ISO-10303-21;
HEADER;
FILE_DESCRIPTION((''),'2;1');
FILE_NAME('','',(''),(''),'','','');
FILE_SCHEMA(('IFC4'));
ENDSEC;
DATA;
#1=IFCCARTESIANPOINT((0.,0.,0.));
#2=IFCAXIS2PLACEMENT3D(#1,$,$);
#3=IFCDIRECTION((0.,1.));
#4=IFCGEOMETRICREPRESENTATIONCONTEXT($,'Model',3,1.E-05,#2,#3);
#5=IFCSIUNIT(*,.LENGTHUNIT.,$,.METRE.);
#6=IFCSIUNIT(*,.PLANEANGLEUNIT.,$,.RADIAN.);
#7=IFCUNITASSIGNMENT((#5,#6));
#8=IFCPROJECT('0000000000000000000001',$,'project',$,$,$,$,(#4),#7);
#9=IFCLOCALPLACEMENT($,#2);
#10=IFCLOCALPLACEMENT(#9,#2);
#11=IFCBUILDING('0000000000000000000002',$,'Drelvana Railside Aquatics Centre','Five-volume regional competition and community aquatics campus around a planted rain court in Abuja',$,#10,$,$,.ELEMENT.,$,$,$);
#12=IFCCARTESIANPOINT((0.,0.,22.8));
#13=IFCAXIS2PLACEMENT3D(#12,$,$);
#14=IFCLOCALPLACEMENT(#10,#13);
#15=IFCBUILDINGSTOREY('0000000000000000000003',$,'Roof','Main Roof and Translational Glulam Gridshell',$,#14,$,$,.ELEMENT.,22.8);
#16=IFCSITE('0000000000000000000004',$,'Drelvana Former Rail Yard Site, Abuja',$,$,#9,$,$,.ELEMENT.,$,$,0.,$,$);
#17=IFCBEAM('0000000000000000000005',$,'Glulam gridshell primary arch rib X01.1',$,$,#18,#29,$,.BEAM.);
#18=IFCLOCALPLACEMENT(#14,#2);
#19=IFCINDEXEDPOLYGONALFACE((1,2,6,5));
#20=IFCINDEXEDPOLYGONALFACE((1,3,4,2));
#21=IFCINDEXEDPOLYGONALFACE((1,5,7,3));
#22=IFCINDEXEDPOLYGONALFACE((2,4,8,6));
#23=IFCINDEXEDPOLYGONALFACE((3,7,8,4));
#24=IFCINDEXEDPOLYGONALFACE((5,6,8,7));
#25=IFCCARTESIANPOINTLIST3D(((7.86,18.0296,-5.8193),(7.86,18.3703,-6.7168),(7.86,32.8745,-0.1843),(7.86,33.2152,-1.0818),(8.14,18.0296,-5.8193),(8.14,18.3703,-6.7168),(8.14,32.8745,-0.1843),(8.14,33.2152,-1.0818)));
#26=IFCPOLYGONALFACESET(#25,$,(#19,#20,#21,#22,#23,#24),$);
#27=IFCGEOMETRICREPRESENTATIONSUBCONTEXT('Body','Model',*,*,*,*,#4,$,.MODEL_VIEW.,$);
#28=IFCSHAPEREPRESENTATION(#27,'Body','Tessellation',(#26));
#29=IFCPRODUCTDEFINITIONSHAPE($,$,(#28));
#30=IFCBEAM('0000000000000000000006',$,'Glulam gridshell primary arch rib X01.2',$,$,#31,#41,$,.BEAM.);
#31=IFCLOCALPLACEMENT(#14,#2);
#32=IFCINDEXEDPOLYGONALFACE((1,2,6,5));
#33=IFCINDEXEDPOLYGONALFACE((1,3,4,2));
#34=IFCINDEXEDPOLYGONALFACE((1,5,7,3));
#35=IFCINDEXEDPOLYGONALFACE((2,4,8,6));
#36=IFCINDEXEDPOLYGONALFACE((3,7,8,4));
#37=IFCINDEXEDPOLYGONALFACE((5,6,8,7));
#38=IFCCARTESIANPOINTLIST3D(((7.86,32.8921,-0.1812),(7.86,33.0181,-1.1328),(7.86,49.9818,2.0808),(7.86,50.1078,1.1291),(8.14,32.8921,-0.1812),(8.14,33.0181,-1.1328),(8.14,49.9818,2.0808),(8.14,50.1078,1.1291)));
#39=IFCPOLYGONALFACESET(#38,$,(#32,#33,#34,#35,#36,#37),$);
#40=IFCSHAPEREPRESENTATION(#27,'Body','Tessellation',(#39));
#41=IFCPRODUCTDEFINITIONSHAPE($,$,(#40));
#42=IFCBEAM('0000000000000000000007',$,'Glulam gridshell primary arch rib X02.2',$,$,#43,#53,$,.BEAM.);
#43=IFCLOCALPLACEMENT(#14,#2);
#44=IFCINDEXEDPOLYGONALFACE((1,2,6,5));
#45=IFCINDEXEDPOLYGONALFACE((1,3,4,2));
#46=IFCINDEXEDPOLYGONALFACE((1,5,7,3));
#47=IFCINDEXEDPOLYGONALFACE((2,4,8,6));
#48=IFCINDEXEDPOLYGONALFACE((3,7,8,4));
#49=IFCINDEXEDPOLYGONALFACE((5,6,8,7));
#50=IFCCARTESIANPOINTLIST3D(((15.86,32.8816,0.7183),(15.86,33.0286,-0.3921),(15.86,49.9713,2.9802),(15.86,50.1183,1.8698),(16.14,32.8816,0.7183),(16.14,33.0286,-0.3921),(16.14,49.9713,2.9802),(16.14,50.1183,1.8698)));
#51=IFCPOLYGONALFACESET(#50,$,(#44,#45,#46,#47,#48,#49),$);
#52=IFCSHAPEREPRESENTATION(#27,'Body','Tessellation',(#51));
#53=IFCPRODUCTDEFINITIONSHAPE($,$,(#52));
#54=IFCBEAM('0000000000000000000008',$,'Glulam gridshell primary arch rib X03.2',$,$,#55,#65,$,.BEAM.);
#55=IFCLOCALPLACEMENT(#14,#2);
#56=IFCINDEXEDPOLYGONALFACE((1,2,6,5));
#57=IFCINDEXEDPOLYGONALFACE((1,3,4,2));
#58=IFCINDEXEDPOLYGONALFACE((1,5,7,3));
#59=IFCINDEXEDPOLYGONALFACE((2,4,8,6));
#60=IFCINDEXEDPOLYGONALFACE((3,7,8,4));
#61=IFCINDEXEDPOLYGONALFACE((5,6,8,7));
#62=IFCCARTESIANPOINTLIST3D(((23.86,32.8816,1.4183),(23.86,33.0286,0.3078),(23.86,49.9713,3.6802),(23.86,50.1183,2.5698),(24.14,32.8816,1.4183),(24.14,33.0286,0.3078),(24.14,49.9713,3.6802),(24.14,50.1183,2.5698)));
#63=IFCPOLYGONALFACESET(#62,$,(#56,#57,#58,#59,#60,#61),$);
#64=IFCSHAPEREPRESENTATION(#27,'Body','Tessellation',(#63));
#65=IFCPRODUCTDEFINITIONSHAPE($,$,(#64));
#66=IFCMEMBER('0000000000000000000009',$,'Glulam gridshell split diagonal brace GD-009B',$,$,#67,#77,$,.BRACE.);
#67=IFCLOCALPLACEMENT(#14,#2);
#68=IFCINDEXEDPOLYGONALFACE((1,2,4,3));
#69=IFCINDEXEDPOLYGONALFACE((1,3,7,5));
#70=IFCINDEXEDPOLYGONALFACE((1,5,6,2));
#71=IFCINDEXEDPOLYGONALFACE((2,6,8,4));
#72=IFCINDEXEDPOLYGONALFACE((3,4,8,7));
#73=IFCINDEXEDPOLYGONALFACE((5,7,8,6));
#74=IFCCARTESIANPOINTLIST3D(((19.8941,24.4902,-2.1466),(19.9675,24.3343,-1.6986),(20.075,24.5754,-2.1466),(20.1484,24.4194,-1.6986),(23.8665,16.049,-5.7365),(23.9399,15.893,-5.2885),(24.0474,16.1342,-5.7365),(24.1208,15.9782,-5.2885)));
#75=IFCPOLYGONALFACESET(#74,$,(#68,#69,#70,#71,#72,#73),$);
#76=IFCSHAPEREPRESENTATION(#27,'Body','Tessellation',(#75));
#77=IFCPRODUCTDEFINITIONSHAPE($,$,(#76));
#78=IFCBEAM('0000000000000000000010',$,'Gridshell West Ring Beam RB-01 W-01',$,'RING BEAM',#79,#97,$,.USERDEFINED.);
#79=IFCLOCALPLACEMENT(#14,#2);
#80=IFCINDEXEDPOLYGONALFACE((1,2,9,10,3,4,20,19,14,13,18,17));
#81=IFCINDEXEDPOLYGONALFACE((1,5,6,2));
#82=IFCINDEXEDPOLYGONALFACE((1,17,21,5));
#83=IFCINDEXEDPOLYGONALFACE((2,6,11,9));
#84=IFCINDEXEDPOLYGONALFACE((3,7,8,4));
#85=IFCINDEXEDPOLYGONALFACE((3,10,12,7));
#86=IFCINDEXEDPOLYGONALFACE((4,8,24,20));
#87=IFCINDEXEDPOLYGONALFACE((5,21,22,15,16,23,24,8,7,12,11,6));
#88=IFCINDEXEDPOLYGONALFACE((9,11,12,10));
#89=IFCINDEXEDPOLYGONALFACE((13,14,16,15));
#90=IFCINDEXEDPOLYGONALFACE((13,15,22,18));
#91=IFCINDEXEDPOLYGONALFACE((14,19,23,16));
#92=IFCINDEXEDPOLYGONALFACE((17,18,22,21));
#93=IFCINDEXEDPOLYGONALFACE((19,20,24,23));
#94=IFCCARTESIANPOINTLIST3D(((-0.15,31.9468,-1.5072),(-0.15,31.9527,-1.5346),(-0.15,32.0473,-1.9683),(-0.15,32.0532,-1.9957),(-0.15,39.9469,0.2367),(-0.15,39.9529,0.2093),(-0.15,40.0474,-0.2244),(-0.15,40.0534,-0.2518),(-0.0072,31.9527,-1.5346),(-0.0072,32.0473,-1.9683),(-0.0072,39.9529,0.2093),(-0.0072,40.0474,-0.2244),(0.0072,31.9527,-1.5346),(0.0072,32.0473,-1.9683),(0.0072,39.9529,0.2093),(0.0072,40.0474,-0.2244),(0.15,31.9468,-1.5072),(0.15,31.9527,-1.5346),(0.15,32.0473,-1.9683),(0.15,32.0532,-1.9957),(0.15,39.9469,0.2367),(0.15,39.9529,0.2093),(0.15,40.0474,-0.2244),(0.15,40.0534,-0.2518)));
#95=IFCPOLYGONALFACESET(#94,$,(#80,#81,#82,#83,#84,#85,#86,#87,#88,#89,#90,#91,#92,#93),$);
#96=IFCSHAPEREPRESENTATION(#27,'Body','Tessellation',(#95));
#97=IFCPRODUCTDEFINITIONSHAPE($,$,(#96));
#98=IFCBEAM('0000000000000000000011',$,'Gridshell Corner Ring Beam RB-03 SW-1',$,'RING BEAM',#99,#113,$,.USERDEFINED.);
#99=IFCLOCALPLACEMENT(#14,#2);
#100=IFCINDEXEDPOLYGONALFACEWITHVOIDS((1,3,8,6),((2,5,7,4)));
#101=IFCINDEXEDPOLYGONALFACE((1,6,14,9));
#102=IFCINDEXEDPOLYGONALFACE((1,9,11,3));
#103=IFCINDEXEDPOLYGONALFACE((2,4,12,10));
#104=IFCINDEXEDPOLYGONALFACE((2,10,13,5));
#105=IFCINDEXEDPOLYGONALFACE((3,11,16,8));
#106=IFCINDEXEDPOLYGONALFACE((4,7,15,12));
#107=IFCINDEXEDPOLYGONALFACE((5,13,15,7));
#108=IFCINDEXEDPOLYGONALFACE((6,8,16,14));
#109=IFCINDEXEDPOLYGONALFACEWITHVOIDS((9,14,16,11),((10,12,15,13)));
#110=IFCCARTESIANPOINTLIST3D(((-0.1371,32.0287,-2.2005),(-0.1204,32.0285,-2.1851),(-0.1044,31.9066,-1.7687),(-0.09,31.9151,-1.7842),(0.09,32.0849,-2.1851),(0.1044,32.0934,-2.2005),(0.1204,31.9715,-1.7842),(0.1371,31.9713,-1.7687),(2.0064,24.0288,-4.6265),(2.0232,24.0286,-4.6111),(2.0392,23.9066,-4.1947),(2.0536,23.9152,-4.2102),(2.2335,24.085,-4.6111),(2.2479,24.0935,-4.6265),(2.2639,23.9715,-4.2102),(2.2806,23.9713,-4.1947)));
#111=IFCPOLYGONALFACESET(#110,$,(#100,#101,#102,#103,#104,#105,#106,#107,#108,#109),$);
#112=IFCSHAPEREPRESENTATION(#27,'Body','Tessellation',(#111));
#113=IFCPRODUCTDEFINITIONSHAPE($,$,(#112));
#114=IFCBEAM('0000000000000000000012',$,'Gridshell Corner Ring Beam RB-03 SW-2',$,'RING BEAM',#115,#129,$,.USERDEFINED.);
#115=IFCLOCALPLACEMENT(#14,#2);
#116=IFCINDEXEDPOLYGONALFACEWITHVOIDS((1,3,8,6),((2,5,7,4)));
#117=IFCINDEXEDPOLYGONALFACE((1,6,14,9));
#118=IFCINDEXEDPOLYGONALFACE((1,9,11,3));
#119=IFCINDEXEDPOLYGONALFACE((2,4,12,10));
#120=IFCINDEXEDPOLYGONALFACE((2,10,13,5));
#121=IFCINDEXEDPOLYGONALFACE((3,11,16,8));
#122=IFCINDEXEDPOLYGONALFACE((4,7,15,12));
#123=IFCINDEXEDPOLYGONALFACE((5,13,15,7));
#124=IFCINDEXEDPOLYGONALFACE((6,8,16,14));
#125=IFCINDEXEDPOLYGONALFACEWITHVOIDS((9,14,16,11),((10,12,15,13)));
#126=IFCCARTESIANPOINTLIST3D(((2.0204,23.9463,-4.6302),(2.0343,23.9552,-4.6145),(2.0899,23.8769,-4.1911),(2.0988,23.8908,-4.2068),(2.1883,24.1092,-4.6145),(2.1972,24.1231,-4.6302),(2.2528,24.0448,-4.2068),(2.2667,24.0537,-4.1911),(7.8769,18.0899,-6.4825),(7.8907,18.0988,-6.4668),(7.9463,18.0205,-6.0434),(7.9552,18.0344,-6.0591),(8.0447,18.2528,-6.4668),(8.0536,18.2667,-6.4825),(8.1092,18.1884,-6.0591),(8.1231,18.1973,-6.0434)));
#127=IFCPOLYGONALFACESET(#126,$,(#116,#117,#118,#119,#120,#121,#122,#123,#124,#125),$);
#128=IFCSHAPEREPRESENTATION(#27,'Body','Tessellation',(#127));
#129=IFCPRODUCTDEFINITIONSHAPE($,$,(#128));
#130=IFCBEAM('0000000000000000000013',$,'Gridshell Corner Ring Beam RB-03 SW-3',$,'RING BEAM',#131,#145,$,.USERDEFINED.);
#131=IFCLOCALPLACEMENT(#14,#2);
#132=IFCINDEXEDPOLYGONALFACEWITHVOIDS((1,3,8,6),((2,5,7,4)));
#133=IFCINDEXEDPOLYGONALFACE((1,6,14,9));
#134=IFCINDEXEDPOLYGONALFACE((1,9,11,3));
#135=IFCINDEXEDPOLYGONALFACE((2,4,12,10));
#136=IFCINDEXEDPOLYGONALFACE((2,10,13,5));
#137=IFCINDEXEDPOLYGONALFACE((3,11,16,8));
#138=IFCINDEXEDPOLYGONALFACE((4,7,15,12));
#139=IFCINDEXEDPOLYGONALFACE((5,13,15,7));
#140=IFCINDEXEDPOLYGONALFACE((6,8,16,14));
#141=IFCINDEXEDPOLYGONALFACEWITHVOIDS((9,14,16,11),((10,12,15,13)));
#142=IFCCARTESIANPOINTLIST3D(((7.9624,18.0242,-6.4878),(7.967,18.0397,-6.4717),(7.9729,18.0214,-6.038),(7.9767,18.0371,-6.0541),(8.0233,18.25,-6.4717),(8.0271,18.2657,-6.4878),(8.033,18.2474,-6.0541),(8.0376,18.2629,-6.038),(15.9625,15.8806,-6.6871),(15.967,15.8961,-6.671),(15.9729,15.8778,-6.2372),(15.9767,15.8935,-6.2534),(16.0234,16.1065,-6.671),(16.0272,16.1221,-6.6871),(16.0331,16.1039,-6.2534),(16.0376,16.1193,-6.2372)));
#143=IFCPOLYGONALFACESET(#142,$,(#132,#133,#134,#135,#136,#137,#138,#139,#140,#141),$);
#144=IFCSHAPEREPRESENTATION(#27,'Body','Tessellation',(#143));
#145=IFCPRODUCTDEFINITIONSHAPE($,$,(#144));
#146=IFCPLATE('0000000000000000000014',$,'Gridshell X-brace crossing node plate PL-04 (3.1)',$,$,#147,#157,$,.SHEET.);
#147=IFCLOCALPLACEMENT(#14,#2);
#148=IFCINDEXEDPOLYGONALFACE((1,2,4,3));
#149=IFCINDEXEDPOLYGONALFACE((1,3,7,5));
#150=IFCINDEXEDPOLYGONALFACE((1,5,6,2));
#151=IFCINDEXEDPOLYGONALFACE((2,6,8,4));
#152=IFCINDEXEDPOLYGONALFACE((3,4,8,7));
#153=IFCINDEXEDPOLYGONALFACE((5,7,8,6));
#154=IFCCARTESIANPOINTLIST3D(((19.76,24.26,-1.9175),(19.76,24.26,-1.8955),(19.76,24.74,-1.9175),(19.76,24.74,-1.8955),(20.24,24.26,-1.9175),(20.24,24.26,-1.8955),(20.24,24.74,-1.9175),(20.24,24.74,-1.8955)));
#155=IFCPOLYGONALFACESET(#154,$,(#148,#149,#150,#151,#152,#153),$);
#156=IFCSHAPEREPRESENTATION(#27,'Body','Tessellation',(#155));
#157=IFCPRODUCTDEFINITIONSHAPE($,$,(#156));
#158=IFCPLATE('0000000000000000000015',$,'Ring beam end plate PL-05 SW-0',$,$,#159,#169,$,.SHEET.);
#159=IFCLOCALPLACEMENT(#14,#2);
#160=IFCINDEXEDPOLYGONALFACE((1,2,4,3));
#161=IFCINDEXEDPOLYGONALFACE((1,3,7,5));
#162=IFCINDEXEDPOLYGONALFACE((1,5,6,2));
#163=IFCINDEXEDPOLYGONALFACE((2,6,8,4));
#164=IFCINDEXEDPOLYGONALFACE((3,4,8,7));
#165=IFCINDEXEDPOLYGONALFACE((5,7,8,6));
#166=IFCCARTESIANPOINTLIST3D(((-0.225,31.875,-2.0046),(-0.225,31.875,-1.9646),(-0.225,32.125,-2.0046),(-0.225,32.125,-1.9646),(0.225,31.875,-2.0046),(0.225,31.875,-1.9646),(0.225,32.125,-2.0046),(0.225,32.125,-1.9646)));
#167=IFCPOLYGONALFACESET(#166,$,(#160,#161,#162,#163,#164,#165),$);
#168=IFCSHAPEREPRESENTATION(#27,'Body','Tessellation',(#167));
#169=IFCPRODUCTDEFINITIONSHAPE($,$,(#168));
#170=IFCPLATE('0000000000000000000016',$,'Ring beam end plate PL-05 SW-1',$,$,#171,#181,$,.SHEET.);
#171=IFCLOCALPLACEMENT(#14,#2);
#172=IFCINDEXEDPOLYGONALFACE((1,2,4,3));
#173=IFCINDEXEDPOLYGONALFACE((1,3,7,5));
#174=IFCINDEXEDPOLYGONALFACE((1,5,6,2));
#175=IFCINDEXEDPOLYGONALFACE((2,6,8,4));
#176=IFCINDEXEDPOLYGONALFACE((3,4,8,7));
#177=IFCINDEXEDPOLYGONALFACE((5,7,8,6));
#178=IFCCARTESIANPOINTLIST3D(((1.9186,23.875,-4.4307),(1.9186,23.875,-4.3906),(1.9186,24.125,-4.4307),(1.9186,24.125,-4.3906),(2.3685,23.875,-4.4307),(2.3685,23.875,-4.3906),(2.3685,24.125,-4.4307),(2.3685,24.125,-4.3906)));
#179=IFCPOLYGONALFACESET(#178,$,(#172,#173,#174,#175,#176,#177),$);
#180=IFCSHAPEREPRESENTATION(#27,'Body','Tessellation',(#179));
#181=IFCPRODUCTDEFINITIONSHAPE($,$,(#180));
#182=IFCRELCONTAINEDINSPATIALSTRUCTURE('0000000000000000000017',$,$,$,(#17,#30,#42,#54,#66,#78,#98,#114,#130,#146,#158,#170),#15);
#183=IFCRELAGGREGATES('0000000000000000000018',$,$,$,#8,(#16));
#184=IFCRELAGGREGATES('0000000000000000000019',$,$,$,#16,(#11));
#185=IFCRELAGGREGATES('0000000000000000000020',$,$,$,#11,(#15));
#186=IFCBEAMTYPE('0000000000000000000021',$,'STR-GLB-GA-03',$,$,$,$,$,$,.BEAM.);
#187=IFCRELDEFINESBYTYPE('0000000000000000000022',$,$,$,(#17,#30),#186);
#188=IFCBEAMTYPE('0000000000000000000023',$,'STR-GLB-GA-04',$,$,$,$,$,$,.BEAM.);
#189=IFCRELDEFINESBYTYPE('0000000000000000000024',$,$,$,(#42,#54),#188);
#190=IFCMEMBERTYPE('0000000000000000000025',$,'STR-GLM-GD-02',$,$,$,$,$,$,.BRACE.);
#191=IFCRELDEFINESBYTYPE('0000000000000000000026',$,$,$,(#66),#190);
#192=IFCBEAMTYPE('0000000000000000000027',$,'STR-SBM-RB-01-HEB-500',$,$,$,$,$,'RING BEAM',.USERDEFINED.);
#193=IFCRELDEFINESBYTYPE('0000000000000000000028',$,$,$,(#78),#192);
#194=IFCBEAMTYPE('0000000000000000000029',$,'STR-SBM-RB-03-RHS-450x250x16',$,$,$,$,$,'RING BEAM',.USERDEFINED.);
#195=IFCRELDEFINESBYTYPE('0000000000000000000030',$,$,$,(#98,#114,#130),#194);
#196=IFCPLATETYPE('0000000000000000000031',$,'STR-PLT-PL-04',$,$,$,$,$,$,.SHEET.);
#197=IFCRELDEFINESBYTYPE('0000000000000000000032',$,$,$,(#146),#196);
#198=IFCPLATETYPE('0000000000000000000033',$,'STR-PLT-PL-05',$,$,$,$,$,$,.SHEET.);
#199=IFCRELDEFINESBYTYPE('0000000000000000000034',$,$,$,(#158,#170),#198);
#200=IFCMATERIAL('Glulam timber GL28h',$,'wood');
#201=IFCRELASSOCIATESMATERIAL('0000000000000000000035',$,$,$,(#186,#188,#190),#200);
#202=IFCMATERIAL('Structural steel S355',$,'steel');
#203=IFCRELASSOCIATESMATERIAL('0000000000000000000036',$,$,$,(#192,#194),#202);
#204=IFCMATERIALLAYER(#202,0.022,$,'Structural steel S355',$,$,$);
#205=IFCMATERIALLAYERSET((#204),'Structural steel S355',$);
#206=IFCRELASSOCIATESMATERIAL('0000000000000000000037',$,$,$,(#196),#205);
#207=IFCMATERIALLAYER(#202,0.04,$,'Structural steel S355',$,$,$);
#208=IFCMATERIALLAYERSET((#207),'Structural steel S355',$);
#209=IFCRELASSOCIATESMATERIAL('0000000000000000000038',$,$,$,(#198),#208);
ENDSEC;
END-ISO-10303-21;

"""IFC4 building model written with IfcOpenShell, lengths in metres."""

from ifc_helpers import new_model, si_unit, direction, frame, origin, origin_2d, place, context, subcontext, project, spatial, rectangle, hollow_rectangle, i_section, extrude, material, layer, layer_set, material_profile, profile_set, type_object, element, save


model = new_model("IFC4")

# Units and contexts
model_context = context("Model", 3, precision=1e-05, world=origin(), true_north=direction((0.0, 1.0)))
body_context = subcontext(model_context, "Body", "Model", "MODEL_VIEW")
ifc_project = project(units=[si_unit("LENGTHUNIT", "METRE"), si_unit("PLANEANGLEUNIT", "RADIAN")], contexts=[model_context])

# Site, building, storey
site_placement = place(None, origin())
site = spatial("IfcSite", under=ifc_project, at=site_placement, Name="Drelvana Former Rail Yard Site, Abuja", CompositionType="ELEMENT", RefElevation=0.0)
building_placement = place(site_placement, origin())
building = spatial("IfcBuilding", under=site, at=building_placement, Name="Drelvana Railside Aquatics Centre", Description="Five-volume regional competition and community aquatics campus around a planted rain court in Abuja", CompositionType="ELEMENT")
storey_placement = place(building_placement, frame((0.0, 0.0, 22.8)))
storey = spatial("IfcBuildingStorey", under=building, at=storey_placement, Name="Roof", Description="Main Roof and Translational Glulam Gridshell", CompositionType="ELEMENT", Elevation=22.8)

# Beams
ifc_material_1 = material(Name="Glulam timber GL28h", Category="wood")
ifc_material_profile_1 = material_profile(ifc_material_1, rectangle(XDim=0.28, YDim=0.96, at=origin_2d()), Name="GL28h 280x960")
ifc_profile_set_1 = profile_set([ifc_material_profile_1], Name="Glulam timber GL28h")
beam_type_1 = type_object("IfcBeamType", Name="STR-GLB-GA-03", PredefinedType="BEAM", material=ifc_profile_set_1)
beam_1_placement = place(storey_placement, frame((8.0, 18.2, -6.2681), z_axis=(0.0, 0.934911, 0.354883), x_axis=(-1.0, 0.0, 0.0)))
element("IfcBeam", 1, at=beam_1_placement, inside=storey, type_object=beam_type_1, Name="Glulam gridshell primary arch rib X01.1", PredefinedType="BEAM", context=body_context, shape_type="SweptSolid", body=[
    extrude(rectangle(XDim=0.28, YDim=0.96, at=origin_2d()), origin(), (0.0, 0.0, 1.0), 15.8784),
])
beam_2_placement = place(storey_placement, frame((8.0, 32.9551, -0.657), z_axis=(0.0, 0.991354, 0.131213), x_axis=(-1.0, 0.0, 0.0)))
element("IfcBeam", 2, at=beam_2_placement, inside=storey, type_object=beam_type_1, Name="Glulam gridshell primary arch rib X01.2", PredefinedType="BEAM", context=body_context, shape_type="SweptSolid", body=[
    extrude(rectangle(XDim=0.28, YDim=0.96, at=origin_2d()), origin(), (0.0, 0.0, 1.0), 17.2388),
])
ifc_material_profile_2 = material_profile(ifc_material_1, rectangle(XDim=0.28, YDim=1.1201, at=origin_2d()), Name="GL28h 280x1120")
ifc_profile_set_2 = profile_set([ifc_material_profile_2], Name="Glulam timber GL28h")
beam_type_2 = type_object("IfcBeamType", Name="STR-GLB-GA-04", PredefinedType="BEAM", material=ifc_profile_set_2)
for number, where, z_axis, x_axis, name in (
    (3, (16.0, 32.9551, 0.1631), (0.0, 0.991354, 0.131213), (-1.0, 0.0, 0.0), "Glulam gridshell primary arch rib X02.2"),
    (4, (24.0, 32.9551, 0.863), (0.0, 0.991354, 0.131213), (-1.0, 0.0, 0.0), "Glulam gridshell primary arch rib X03.2"),
):
    element("IfcBeam", number, at=place(storey_placement, frame(where, z_axis=z_axis, x_axis=x_axis)), inside=storey, type_object=beam_type_2, Name=name, PredefinedType="BEAM", context=body_context, shape_type="SweptSolid", body=[
        extrude(rectangle(XDim=0.28, YDim=1.1201, at=origin_2d()), origin(), (0.0, 0.0, 1.0), 17.2388),
    ])

# Member
ifc_material_profile_3 = material_profile(ifc_material_1, rectangle(XDim=0.2, YDim=0.48, at=origin_2d()), Name="GL28h 200x480")
ifc_profile_set_3 = profile_set([ifc_material_profile_3], Name="Glulam timber GL28h")
member_type = type_object("IfcMemberType", Name="STR-GLM-GD-02", PredefinedType="BRACE", material=ifc_profile_set_3)
member_placement = place(storey_placement, frame((20.0212, 24.4548, -1.9226), z_axis=(0.3974, -0.844453, -0.359128), x_axis=(0.904815, 0.425806, 0.0)))
element("IfcMember", 5, at=member_placement, inside=storey, type_object=member_type, Name="Glulam gridshell split diagonal brace GD-009B", PredefinedType="BRACE", context=body_context, shape_type="SweptSolid", body=[
    extrude(rectangle(XDim=0.2, YDim=0.48, at=origin_2d()), origin(), (0.0, 0.0, 1.0), 9.9961),
])

# Beams
ifc_material_2 = material(Name="Structural steel S355", Category="steel")
ifc_material_profile_4 = material_profile(ifc_material_2, i_section(OverallWidth=0.3, OverallDepth=0.5, WebThickness=0.0144, FlangeThickness=0.0281, at=origin_2d()), Name="HEB 500")
ifc_profile_set_4 = profile_set([ifc_material_profile_4], Name="Structural steel S355")
beam_type_3 = type_object("IfcBeamType", Name="STR-SBM-RB-01-HEB-500", ElementType="RING BEAM", PredefinedType="USERDEFINED", material=ifc_profile_set_4)
beam_3_placement = place(storey_placement, frame((0.0, 32.0, -1.7515), z_axis=(0.0, 0.977055, 0.212985), x_axis=(-1.0, 0.0, 0.0)))
element("IfcBeam", 6, at=beam_3_placement, inside=storey, type_object=beam_type_3, Name="Gridshell West Ring Beam RB-01 W-01", ObjectType="RING BEAM", PredefinedType="USERDEFINED", context=body_context, shape_type="SweptSolid", body=[
    extrude(i_section(OverallWidth=0.3, OverallDepth=0.5, WebThickness=0.0144, FlangeThickness=0.0281, at=origin_2d()), origin(), (0.0, 0.0, 1.0), 8.188),
])
ifc_material_profile_5 = material_profile(ifc_material_2, hollow_rectangle(XDim=0.25, YDim=0.45, WallThickness=0.0161, at=origin_2d()), Name="RHS 450x250x16")
ifc_profile_set_5 = profile_set([ifc_material_profile_5], Name="Structural steel S355")
beam_type_4 = type_object("IfcBeamType", Name="STR-SBM-RB-03-RHS-450x250x16", ElementType="RING BEAM", PredefinedType="USERDEFINED", material=ifc_profile_set_5)
beam_4_placement = place(storey_placement, frame((0.0, 32.0, -1.9846), z_axis=(0.248378, -0.926977, -0.281109), x_axis=(0.965927, 0.258815, 0.0)))
element("IfcBeam", 7, at=beam_4_placement, inside=storey, type_object=beam_type_4, Name="Gridshell Corner Ring Beam RB-03 SW-1", ObjectType="RING BEAM", PredefinedType="USERDEFINED", context=body_context, shape_type="SweptSolid", body=[
    extrude(hollow_rectangle(XDim=0.25, YDim=0.45, WallThickness=0.0161, at=origin_2d()), origin(), (0.0, 0.0, 1.0), 8.6301),
])
beam_5_placement = place(storey_placement, frame((2.1436, 24.0, -4.4106), z_axis=(0.69006, -0.69006, -0.218254), x_axis=(0.707107, 0.707107, 0.0)))
element("IfcBeam", 8, at=beam_5_placement, inside=storey, type_object=beam_type_4, Name="Gridshell Corner Ring Beam RB-03 SW-2", ObjectType="RING BEAM", PredefinedType="USERDEFINED", context=body_context, shape_type="SweptSolid", body=[
    extrude(hollow_rectangle(XDim=0.25, YDim=0.45, WallThickness=0.0161, at=origin_2d()), origin(), (0.0, 0.0, 1.0), 8.4868),
])
beam_6_placement = place(storey_placement, frame((8.0, 18.1436, -6.2629), z_axis=(0.965648, -0.25874, -0.024047), x_axis=(0.258815, 0.965927, 0.0)))
element("IfcBeam", 9, at=beam_6_placement, inside=storey, type_object=beam_type_4, Name="Gridshell Corner Ring Beam RB-03 SW-3", ObjectType="RING BEAM", PredefinedType="USERDEFINED", context=body_context, shape_type="SweptSolid", body=[
    extrude(hollow_rectangle(XDim=0.25, YDim=0.45, WallThickness=0.0161, at=origin_2d()), origin(), (0.0, 0.0, 1.0), 8.2847),
])

# Plates
ifc_layer_1 = layer(ifc_material_2, 0.022, Name="Structural steel S355")
ifc_layer_set_1 = layer_set([ifc_layer_1], Name="Structural steel S355")
plate_type_1 = type_object("IfcPlateType", Name="STR-PLT-PL-04", PredefinedType="SHEET", material=ifc_layer_set_1)
plate_placement = place(storey_placement, frame((20.0, 24.5, -1.9175), z_axis=(0.0, 0.0, 1.0), x_axis=(1.0, 0.0, 0.0)))
element("IfcPlate", 10, at=plate_placement, inside=storey, type_object=plate_type_1, Name="Gridshell X-brace crossing node plate PL-04 (3.1)", PredefinedType="SHEET", context=body_context, shape_type="SweptSolid", body=[
    extrude(rectangle(XDim=0.48, YDim=0.48, at=origin_2d()), origin(), (0.0, 0.0, 1.0), 0.022),
])
ifc_layer_2 = layer(ifc_material_2, 0.04, Name="Structural steel S355")
ifc_layer_set_2 = layer_set([ifc_layer_2], Name="Structural steel S355")
plate_type_2 = type_object("IfcPlateType", Name="STR-PLT-PL-05", PredefinedType="SHEET", material=ifc_layer_set_2)
for number, where, z_axis, x_axis, name in (
    (11, (0.0, 32.0, -2.0046), (0.0, 0.0, 1.0), (1.0, 0.0, 0.0), "Ring beam end plate PL-05 SW-0"),
    (12, (2.1436, 24.0, -4.4307), (0.0, 0.0, 1.0), (1.0, 0.0, 0.0), "Ring beam end plate PL-05 SW-1"),
):
    element("IfcPlate", number, at=place(storey_placement, frame(where, z_axis=z_axis, x_axis=x_axis)), inside=storey, type_object=plate_type_2, Name=name, PredefinedType="SHEET", context=body_context, shape_type="SweptSolid", body=[
        extrude(rectangle(XDim=0.45, YDim=0.25, at=origin_2d()), origin(), (0.0, 0.0, 1.0), 0.04),
    ])

save(model, "model.ifc")
